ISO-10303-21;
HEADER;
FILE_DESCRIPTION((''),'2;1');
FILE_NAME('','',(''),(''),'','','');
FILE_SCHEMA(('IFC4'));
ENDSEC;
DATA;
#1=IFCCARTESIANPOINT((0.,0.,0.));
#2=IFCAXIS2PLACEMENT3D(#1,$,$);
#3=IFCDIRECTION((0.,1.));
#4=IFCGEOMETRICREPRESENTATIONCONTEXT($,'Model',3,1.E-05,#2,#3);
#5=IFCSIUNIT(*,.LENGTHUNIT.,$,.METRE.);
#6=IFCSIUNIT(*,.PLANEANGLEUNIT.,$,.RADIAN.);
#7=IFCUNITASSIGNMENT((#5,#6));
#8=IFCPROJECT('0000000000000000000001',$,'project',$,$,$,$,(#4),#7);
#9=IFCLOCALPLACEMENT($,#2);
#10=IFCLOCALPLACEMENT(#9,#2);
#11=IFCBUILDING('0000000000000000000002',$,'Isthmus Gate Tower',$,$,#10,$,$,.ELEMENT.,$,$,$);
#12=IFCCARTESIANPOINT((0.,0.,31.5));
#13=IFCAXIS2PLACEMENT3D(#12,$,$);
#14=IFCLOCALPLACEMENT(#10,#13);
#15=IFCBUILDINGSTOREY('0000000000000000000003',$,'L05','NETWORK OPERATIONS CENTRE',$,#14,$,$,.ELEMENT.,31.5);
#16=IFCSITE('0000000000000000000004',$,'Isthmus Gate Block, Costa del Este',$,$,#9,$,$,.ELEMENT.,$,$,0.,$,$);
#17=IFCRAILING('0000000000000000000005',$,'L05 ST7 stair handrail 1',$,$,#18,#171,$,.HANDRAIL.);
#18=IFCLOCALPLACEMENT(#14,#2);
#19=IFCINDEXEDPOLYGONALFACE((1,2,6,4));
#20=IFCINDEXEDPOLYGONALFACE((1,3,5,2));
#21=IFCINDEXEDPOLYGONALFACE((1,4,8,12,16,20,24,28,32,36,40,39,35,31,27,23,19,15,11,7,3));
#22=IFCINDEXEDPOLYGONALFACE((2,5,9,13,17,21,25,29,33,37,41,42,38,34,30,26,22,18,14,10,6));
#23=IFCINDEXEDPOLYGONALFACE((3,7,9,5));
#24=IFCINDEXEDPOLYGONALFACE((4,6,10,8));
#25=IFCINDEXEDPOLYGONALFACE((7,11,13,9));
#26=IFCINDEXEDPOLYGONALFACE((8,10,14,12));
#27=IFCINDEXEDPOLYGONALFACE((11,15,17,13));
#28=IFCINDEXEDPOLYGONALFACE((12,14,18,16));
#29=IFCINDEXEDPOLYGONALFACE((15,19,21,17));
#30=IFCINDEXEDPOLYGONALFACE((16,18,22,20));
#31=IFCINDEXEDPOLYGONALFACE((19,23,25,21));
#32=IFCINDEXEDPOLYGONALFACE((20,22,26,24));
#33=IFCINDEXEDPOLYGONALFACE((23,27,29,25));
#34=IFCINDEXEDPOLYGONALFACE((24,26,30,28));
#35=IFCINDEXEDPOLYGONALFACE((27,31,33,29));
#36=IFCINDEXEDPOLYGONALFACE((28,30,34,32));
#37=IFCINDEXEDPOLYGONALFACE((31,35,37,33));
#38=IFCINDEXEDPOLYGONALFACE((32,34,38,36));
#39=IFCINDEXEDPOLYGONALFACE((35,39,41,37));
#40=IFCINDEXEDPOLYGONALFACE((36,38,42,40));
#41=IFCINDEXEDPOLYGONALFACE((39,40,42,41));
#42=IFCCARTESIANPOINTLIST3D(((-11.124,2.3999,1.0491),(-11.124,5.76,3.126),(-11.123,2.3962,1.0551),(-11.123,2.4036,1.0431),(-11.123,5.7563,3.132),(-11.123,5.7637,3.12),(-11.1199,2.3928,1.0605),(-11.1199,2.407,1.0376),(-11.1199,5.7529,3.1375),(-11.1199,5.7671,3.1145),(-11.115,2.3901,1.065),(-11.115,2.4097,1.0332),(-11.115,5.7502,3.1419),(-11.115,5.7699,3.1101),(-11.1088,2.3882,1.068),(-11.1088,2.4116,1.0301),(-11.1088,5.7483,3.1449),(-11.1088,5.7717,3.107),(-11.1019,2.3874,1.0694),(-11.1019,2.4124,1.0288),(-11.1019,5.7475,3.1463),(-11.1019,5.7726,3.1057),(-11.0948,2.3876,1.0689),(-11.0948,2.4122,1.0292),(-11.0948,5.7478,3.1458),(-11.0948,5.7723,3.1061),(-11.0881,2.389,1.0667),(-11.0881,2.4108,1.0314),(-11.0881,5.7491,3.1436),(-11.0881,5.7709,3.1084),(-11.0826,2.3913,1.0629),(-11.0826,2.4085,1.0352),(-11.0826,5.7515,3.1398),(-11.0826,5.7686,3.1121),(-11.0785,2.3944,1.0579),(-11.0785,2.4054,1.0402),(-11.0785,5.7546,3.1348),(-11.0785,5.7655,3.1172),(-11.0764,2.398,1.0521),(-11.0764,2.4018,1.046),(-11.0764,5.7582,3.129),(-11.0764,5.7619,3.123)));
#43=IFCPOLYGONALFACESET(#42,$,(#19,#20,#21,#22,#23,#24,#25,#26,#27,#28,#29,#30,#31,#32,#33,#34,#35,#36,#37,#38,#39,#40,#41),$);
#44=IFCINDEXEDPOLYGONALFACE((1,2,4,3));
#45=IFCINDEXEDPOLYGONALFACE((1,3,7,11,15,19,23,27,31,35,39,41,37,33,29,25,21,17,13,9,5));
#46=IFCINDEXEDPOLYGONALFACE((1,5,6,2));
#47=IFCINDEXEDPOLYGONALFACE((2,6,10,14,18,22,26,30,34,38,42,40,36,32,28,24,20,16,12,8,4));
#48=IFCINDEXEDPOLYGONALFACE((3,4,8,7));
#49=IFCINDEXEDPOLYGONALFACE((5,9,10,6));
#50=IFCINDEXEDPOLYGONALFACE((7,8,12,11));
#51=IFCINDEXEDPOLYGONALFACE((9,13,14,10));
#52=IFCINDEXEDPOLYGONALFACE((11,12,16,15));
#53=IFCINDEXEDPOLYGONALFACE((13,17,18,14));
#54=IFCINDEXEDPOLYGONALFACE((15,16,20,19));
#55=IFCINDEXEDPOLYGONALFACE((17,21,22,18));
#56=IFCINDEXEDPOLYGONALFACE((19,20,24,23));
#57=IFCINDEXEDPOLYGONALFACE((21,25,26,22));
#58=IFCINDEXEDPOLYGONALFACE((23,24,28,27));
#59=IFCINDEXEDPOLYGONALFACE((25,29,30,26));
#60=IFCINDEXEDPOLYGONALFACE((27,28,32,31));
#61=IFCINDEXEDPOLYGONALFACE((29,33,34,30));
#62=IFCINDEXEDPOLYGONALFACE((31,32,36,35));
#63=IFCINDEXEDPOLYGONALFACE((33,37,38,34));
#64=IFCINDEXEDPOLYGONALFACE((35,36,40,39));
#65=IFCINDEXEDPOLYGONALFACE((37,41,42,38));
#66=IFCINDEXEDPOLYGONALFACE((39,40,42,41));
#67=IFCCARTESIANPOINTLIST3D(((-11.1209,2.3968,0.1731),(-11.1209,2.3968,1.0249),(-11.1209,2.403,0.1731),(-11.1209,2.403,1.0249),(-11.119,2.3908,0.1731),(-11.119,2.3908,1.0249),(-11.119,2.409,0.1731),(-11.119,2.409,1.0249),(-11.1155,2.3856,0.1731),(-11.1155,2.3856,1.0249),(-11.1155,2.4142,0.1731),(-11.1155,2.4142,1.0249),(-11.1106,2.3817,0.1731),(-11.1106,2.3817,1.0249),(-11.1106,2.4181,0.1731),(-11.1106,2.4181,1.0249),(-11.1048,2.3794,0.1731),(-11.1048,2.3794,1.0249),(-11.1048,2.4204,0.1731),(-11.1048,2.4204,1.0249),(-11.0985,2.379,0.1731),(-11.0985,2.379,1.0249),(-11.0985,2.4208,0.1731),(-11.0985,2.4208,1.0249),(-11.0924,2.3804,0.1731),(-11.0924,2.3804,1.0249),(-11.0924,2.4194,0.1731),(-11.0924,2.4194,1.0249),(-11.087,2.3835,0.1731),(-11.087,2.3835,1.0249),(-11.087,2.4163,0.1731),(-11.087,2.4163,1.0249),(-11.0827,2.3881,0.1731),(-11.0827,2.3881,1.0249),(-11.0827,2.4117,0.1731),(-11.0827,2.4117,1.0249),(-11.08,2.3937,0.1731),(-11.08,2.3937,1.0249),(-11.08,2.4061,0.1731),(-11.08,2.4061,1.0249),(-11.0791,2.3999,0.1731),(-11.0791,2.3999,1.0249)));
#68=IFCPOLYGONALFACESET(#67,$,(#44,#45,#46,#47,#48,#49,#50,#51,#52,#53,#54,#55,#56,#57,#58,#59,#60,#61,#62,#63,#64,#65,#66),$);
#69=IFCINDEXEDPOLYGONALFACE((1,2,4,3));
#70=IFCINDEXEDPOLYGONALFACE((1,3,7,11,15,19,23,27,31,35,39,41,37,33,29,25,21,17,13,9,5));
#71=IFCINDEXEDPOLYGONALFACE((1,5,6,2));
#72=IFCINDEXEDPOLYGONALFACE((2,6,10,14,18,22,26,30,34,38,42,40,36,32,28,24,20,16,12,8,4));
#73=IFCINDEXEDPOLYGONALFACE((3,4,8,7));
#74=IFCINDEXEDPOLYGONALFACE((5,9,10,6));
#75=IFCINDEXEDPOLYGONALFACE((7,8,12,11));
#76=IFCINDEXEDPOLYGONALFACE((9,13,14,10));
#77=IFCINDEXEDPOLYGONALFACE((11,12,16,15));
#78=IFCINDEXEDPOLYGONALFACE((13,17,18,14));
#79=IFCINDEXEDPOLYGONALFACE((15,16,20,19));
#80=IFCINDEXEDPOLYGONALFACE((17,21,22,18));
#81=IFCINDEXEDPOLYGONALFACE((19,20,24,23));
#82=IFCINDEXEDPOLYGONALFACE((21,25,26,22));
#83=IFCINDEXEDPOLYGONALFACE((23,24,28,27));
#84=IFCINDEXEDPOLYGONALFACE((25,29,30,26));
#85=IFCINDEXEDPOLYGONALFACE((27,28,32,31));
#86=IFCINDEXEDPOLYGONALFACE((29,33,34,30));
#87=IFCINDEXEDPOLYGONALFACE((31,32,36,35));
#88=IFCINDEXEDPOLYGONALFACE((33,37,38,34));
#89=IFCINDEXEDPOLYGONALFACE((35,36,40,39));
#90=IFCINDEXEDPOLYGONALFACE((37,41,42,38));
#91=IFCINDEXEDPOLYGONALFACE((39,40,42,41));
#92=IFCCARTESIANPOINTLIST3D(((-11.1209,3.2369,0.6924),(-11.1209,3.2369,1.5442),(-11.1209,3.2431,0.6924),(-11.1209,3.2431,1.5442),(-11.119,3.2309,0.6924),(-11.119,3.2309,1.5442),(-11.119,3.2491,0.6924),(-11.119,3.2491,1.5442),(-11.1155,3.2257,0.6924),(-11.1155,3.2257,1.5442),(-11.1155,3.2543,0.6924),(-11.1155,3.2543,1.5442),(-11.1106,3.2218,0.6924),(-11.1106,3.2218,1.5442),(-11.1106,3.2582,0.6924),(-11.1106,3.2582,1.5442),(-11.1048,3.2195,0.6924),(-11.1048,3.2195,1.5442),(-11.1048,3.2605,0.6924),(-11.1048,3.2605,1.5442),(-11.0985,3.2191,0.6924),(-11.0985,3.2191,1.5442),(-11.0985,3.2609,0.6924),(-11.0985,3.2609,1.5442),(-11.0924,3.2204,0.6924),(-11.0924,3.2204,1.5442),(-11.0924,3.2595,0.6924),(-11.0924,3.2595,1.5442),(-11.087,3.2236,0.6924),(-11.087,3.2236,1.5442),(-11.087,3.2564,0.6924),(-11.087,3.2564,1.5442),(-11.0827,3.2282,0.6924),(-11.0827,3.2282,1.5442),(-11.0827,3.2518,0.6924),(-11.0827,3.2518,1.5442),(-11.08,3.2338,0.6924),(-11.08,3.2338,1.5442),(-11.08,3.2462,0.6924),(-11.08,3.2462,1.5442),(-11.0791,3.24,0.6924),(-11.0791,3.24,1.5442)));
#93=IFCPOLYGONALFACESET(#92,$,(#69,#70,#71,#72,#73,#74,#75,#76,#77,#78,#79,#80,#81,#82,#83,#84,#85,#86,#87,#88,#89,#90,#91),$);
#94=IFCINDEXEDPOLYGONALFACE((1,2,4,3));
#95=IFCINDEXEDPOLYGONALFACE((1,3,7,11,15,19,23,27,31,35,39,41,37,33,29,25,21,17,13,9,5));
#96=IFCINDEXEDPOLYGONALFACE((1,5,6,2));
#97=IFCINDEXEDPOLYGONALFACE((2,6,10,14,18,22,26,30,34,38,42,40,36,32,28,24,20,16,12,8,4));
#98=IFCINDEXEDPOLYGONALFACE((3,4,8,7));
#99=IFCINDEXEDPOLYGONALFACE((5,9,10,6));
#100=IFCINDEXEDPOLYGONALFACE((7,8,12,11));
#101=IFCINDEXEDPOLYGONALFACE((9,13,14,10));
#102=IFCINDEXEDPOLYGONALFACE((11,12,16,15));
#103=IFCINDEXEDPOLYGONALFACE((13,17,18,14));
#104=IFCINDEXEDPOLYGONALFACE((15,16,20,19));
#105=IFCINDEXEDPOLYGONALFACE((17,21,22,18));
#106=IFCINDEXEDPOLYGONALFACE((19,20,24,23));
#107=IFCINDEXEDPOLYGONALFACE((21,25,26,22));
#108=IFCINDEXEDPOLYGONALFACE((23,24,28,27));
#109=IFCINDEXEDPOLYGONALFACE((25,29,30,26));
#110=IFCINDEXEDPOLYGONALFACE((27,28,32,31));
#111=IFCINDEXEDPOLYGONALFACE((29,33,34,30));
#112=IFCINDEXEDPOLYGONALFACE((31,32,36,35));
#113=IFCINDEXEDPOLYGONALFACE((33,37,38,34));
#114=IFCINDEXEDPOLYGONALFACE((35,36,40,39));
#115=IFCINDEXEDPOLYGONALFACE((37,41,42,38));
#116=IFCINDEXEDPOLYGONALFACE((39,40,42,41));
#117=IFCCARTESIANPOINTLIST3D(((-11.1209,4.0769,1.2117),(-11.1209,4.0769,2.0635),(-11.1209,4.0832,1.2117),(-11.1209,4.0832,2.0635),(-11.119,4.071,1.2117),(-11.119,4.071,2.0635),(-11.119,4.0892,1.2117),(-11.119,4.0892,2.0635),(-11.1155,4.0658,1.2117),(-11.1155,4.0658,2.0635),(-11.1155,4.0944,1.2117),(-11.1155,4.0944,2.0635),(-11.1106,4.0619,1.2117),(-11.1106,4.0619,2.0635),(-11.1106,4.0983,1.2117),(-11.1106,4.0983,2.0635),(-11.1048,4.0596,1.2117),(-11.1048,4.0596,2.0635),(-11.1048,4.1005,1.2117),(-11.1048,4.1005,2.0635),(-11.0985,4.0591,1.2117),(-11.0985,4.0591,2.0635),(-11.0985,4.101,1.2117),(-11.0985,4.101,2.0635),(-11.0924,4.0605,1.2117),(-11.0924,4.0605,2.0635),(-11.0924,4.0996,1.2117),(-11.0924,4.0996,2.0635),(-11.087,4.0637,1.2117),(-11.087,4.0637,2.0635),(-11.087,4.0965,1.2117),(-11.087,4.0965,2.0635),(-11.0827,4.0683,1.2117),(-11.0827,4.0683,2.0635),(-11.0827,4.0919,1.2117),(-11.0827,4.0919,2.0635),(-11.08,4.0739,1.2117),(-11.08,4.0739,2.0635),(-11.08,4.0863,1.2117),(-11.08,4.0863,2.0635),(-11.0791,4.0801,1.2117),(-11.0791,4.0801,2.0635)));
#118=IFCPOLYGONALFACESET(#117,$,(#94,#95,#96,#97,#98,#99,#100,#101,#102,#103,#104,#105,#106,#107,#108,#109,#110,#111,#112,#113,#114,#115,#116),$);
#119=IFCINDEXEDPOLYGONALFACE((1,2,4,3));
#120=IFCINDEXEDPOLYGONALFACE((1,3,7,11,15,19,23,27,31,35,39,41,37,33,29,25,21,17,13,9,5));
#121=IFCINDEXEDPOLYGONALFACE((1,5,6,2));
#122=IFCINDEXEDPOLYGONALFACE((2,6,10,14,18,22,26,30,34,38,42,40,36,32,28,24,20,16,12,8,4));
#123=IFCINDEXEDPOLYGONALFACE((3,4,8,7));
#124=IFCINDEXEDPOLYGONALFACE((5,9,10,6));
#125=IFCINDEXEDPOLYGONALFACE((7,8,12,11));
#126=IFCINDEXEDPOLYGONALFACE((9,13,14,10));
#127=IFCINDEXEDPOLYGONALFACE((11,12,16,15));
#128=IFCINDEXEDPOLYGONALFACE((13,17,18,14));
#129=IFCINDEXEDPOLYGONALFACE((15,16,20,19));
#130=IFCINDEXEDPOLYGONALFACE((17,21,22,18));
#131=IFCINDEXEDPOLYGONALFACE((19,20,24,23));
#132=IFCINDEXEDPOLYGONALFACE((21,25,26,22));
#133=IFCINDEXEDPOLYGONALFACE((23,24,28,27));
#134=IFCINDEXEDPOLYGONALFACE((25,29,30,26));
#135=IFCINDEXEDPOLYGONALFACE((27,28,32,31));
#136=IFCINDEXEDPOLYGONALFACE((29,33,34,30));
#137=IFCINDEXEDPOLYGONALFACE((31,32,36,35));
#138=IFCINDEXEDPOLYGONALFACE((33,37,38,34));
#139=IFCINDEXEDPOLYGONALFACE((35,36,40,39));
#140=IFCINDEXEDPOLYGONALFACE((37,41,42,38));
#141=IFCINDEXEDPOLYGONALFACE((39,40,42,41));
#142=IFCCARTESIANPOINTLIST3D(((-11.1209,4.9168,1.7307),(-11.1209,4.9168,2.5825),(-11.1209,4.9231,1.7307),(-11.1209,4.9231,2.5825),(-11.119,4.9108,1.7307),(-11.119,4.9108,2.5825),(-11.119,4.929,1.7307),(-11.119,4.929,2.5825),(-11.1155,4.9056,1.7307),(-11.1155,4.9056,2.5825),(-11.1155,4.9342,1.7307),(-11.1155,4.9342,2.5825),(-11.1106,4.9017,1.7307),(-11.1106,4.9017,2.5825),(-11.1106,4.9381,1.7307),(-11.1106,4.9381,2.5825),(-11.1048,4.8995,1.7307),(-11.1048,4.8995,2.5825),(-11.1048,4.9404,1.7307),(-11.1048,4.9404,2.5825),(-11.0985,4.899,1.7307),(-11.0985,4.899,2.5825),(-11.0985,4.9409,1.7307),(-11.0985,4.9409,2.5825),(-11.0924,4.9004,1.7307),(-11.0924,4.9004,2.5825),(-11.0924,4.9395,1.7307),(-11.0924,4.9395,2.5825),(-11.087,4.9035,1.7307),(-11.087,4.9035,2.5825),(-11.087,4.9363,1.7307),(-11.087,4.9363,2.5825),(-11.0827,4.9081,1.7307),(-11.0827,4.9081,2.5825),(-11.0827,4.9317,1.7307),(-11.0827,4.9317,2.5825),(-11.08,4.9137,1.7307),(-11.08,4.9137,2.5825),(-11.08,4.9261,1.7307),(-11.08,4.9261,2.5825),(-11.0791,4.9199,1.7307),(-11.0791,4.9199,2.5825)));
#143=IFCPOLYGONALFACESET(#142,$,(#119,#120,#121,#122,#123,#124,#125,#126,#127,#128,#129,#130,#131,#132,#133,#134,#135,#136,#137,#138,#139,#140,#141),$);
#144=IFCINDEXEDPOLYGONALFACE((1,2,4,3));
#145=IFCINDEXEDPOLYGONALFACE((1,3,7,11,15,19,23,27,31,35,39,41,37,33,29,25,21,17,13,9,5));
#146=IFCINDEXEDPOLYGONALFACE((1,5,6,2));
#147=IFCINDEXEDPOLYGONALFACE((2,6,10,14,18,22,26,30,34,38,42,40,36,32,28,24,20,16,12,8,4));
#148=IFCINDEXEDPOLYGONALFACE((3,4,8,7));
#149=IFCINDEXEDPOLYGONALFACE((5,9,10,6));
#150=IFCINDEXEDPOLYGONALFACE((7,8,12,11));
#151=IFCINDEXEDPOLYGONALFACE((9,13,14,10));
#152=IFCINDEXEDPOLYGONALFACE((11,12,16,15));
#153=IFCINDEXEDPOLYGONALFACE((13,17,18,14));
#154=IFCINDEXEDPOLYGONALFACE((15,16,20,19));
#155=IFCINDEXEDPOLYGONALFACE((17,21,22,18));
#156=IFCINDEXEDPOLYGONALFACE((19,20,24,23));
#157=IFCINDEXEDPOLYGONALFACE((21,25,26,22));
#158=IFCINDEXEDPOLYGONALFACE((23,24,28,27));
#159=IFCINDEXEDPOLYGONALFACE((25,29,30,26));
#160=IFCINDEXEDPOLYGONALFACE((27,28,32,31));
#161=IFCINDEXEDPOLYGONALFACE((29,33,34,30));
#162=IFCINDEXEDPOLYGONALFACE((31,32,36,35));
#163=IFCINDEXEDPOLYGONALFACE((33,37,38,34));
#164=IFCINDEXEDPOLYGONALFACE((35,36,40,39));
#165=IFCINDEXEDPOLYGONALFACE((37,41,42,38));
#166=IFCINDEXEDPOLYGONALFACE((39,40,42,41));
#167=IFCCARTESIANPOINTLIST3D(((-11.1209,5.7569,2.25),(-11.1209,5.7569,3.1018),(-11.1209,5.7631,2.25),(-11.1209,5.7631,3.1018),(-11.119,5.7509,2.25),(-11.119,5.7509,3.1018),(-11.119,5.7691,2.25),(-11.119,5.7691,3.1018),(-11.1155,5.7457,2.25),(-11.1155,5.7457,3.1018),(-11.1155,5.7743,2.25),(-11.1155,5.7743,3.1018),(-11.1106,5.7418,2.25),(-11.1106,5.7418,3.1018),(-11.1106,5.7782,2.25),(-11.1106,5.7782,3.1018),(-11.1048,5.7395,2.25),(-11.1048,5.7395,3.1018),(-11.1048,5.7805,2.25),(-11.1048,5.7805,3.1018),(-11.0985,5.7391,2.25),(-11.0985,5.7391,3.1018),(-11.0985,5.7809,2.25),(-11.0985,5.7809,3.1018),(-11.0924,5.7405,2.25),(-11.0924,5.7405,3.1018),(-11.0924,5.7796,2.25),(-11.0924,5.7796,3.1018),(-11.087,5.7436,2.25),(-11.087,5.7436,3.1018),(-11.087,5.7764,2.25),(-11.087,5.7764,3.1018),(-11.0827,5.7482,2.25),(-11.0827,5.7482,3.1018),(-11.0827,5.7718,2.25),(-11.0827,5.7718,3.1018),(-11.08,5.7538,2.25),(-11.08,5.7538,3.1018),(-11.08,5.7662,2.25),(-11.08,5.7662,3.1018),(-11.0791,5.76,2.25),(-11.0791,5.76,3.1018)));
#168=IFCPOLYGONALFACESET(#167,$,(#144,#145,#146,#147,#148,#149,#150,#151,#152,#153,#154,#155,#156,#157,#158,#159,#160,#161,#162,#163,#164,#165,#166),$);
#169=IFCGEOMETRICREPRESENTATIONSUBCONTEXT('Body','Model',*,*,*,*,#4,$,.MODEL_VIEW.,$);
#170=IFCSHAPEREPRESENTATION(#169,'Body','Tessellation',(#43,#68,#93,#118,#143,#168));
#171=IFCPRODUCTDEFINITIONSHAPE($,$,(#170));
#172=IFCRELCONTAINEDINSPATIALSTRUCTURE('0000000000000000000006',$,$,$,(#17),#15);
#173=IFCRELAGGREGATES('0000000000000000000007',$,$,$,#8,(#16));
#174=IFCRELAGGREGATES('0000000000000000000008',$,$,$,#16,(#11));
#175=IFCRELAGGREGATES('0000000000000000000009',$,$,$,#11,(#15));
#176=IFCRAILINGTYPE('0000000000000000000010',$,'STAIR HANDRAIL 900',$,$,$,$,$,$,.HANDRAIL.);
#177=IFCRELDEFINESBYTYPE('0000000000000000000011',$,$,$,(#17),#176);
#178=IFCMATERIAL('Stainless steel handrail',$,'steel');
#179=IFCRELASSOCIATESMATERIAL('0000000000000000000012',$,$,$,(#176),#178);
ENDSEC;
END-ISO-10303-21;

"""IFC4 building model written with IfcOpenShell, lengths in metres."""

from ifc_helpers import new_model, si_unit, direction, frame, origin, origin_2d, place, context, subcontext, project, spatial, circle, extrude, material, type_object, element, save


model = new_model("IFC4")

# Units and contexts
model_context = context("Model", 3, precision=1e-05, world=origin(), true_north=direction((0.0, 1.0)))
body_context = subcontext(model_context, "Body", "Model", "MODEL_VIEW")
ifc_project = project(units=[si_unit("LENGTHUNIT", "METRE"), si_unit("PLANEANGLEUNIT", "RADIAN")], contexts=[model_context])

# Site, building, storey
site_placement = place(None, origin())
site = spatial("IfcSite", under=ifc_project, at=site_placement, Name="Isthmus Gate Block, Costa del Este", CompositionType="ELEMENT", RefElevation=0.0)
building_placement = place(site_placement, origin())
building = spatial("IfcBuilding", under=site, at=building_placement, Name="Isthmus Gate Tower", CompositionType="ELEMENT")
storey_placement = place(building_placement, frame((0.0, 0.0, 31.5)))
storey = spatial("IfcBuildingStorey", under=building, at=storey_placement, Name="L05", Description="NETWORK OPERATIONS CENTRE", CompositionType="ELEMENT", Elevation=31.5)

# Railing
ifc_material_1 = material(Name="Stainless steel handrail", Category="steel")
railing_type_1 = type_object("IfcRailingType", Name="STAIR HANDRAIL 900", PredefinedType="HANDRAIL", material=ifc_material_1)
railing_1_placement = place(storey_placement, frame((-11.1001, 2.3999, 0.1731)))
element("IfcRailing", 1, at=railing_1_placement, inside=storey, type_object=railing_type_1, Name="L05 ST7 stair handrail 1", PredefinedType="HANDRAIL", context=body_context, shape_type="SweptSolid", body=[
    extrude(circle(Radius=0.0239, at=origin_2d()), frame((0.0, 0.0, 0.876), z_axis=(0.0, 0.850623, 0.525776), x_axis=(-1.0, 0.0, 0.0)), (0.0, 0.0, 1.0), 3.9502),
    extrude(circle(Radius=0.021, at=origin_2d()), origin(), (0.0, 0.0, 1.0), 0.8518),
    extrude(circle(Radius=0.021, at=origin_2d()), frame((0.0, 0.8401, 0.5193)), (0.0, 0.0, 1.0), 0.8518),
    extrude(circle(Radius=0.021, at=origin_2d()), frame((0.0, 1.6802, 1.0386)), (0.0, 0.0, 1.0), 0.8518),
    extrude(circle(Radius=0.021, at=origin_2d()), frame((0.0, 2.52, 1.5576)), (0.0, 0.0, 1.0), 0.8518),
    extrude(circle(Radius=0.021, at=origin_2d()), frame((0.0, 3.3601, 2.0769)), (0.0, 0.0, 1.0), 0.8518),
])

save(model, "model.ifc")
